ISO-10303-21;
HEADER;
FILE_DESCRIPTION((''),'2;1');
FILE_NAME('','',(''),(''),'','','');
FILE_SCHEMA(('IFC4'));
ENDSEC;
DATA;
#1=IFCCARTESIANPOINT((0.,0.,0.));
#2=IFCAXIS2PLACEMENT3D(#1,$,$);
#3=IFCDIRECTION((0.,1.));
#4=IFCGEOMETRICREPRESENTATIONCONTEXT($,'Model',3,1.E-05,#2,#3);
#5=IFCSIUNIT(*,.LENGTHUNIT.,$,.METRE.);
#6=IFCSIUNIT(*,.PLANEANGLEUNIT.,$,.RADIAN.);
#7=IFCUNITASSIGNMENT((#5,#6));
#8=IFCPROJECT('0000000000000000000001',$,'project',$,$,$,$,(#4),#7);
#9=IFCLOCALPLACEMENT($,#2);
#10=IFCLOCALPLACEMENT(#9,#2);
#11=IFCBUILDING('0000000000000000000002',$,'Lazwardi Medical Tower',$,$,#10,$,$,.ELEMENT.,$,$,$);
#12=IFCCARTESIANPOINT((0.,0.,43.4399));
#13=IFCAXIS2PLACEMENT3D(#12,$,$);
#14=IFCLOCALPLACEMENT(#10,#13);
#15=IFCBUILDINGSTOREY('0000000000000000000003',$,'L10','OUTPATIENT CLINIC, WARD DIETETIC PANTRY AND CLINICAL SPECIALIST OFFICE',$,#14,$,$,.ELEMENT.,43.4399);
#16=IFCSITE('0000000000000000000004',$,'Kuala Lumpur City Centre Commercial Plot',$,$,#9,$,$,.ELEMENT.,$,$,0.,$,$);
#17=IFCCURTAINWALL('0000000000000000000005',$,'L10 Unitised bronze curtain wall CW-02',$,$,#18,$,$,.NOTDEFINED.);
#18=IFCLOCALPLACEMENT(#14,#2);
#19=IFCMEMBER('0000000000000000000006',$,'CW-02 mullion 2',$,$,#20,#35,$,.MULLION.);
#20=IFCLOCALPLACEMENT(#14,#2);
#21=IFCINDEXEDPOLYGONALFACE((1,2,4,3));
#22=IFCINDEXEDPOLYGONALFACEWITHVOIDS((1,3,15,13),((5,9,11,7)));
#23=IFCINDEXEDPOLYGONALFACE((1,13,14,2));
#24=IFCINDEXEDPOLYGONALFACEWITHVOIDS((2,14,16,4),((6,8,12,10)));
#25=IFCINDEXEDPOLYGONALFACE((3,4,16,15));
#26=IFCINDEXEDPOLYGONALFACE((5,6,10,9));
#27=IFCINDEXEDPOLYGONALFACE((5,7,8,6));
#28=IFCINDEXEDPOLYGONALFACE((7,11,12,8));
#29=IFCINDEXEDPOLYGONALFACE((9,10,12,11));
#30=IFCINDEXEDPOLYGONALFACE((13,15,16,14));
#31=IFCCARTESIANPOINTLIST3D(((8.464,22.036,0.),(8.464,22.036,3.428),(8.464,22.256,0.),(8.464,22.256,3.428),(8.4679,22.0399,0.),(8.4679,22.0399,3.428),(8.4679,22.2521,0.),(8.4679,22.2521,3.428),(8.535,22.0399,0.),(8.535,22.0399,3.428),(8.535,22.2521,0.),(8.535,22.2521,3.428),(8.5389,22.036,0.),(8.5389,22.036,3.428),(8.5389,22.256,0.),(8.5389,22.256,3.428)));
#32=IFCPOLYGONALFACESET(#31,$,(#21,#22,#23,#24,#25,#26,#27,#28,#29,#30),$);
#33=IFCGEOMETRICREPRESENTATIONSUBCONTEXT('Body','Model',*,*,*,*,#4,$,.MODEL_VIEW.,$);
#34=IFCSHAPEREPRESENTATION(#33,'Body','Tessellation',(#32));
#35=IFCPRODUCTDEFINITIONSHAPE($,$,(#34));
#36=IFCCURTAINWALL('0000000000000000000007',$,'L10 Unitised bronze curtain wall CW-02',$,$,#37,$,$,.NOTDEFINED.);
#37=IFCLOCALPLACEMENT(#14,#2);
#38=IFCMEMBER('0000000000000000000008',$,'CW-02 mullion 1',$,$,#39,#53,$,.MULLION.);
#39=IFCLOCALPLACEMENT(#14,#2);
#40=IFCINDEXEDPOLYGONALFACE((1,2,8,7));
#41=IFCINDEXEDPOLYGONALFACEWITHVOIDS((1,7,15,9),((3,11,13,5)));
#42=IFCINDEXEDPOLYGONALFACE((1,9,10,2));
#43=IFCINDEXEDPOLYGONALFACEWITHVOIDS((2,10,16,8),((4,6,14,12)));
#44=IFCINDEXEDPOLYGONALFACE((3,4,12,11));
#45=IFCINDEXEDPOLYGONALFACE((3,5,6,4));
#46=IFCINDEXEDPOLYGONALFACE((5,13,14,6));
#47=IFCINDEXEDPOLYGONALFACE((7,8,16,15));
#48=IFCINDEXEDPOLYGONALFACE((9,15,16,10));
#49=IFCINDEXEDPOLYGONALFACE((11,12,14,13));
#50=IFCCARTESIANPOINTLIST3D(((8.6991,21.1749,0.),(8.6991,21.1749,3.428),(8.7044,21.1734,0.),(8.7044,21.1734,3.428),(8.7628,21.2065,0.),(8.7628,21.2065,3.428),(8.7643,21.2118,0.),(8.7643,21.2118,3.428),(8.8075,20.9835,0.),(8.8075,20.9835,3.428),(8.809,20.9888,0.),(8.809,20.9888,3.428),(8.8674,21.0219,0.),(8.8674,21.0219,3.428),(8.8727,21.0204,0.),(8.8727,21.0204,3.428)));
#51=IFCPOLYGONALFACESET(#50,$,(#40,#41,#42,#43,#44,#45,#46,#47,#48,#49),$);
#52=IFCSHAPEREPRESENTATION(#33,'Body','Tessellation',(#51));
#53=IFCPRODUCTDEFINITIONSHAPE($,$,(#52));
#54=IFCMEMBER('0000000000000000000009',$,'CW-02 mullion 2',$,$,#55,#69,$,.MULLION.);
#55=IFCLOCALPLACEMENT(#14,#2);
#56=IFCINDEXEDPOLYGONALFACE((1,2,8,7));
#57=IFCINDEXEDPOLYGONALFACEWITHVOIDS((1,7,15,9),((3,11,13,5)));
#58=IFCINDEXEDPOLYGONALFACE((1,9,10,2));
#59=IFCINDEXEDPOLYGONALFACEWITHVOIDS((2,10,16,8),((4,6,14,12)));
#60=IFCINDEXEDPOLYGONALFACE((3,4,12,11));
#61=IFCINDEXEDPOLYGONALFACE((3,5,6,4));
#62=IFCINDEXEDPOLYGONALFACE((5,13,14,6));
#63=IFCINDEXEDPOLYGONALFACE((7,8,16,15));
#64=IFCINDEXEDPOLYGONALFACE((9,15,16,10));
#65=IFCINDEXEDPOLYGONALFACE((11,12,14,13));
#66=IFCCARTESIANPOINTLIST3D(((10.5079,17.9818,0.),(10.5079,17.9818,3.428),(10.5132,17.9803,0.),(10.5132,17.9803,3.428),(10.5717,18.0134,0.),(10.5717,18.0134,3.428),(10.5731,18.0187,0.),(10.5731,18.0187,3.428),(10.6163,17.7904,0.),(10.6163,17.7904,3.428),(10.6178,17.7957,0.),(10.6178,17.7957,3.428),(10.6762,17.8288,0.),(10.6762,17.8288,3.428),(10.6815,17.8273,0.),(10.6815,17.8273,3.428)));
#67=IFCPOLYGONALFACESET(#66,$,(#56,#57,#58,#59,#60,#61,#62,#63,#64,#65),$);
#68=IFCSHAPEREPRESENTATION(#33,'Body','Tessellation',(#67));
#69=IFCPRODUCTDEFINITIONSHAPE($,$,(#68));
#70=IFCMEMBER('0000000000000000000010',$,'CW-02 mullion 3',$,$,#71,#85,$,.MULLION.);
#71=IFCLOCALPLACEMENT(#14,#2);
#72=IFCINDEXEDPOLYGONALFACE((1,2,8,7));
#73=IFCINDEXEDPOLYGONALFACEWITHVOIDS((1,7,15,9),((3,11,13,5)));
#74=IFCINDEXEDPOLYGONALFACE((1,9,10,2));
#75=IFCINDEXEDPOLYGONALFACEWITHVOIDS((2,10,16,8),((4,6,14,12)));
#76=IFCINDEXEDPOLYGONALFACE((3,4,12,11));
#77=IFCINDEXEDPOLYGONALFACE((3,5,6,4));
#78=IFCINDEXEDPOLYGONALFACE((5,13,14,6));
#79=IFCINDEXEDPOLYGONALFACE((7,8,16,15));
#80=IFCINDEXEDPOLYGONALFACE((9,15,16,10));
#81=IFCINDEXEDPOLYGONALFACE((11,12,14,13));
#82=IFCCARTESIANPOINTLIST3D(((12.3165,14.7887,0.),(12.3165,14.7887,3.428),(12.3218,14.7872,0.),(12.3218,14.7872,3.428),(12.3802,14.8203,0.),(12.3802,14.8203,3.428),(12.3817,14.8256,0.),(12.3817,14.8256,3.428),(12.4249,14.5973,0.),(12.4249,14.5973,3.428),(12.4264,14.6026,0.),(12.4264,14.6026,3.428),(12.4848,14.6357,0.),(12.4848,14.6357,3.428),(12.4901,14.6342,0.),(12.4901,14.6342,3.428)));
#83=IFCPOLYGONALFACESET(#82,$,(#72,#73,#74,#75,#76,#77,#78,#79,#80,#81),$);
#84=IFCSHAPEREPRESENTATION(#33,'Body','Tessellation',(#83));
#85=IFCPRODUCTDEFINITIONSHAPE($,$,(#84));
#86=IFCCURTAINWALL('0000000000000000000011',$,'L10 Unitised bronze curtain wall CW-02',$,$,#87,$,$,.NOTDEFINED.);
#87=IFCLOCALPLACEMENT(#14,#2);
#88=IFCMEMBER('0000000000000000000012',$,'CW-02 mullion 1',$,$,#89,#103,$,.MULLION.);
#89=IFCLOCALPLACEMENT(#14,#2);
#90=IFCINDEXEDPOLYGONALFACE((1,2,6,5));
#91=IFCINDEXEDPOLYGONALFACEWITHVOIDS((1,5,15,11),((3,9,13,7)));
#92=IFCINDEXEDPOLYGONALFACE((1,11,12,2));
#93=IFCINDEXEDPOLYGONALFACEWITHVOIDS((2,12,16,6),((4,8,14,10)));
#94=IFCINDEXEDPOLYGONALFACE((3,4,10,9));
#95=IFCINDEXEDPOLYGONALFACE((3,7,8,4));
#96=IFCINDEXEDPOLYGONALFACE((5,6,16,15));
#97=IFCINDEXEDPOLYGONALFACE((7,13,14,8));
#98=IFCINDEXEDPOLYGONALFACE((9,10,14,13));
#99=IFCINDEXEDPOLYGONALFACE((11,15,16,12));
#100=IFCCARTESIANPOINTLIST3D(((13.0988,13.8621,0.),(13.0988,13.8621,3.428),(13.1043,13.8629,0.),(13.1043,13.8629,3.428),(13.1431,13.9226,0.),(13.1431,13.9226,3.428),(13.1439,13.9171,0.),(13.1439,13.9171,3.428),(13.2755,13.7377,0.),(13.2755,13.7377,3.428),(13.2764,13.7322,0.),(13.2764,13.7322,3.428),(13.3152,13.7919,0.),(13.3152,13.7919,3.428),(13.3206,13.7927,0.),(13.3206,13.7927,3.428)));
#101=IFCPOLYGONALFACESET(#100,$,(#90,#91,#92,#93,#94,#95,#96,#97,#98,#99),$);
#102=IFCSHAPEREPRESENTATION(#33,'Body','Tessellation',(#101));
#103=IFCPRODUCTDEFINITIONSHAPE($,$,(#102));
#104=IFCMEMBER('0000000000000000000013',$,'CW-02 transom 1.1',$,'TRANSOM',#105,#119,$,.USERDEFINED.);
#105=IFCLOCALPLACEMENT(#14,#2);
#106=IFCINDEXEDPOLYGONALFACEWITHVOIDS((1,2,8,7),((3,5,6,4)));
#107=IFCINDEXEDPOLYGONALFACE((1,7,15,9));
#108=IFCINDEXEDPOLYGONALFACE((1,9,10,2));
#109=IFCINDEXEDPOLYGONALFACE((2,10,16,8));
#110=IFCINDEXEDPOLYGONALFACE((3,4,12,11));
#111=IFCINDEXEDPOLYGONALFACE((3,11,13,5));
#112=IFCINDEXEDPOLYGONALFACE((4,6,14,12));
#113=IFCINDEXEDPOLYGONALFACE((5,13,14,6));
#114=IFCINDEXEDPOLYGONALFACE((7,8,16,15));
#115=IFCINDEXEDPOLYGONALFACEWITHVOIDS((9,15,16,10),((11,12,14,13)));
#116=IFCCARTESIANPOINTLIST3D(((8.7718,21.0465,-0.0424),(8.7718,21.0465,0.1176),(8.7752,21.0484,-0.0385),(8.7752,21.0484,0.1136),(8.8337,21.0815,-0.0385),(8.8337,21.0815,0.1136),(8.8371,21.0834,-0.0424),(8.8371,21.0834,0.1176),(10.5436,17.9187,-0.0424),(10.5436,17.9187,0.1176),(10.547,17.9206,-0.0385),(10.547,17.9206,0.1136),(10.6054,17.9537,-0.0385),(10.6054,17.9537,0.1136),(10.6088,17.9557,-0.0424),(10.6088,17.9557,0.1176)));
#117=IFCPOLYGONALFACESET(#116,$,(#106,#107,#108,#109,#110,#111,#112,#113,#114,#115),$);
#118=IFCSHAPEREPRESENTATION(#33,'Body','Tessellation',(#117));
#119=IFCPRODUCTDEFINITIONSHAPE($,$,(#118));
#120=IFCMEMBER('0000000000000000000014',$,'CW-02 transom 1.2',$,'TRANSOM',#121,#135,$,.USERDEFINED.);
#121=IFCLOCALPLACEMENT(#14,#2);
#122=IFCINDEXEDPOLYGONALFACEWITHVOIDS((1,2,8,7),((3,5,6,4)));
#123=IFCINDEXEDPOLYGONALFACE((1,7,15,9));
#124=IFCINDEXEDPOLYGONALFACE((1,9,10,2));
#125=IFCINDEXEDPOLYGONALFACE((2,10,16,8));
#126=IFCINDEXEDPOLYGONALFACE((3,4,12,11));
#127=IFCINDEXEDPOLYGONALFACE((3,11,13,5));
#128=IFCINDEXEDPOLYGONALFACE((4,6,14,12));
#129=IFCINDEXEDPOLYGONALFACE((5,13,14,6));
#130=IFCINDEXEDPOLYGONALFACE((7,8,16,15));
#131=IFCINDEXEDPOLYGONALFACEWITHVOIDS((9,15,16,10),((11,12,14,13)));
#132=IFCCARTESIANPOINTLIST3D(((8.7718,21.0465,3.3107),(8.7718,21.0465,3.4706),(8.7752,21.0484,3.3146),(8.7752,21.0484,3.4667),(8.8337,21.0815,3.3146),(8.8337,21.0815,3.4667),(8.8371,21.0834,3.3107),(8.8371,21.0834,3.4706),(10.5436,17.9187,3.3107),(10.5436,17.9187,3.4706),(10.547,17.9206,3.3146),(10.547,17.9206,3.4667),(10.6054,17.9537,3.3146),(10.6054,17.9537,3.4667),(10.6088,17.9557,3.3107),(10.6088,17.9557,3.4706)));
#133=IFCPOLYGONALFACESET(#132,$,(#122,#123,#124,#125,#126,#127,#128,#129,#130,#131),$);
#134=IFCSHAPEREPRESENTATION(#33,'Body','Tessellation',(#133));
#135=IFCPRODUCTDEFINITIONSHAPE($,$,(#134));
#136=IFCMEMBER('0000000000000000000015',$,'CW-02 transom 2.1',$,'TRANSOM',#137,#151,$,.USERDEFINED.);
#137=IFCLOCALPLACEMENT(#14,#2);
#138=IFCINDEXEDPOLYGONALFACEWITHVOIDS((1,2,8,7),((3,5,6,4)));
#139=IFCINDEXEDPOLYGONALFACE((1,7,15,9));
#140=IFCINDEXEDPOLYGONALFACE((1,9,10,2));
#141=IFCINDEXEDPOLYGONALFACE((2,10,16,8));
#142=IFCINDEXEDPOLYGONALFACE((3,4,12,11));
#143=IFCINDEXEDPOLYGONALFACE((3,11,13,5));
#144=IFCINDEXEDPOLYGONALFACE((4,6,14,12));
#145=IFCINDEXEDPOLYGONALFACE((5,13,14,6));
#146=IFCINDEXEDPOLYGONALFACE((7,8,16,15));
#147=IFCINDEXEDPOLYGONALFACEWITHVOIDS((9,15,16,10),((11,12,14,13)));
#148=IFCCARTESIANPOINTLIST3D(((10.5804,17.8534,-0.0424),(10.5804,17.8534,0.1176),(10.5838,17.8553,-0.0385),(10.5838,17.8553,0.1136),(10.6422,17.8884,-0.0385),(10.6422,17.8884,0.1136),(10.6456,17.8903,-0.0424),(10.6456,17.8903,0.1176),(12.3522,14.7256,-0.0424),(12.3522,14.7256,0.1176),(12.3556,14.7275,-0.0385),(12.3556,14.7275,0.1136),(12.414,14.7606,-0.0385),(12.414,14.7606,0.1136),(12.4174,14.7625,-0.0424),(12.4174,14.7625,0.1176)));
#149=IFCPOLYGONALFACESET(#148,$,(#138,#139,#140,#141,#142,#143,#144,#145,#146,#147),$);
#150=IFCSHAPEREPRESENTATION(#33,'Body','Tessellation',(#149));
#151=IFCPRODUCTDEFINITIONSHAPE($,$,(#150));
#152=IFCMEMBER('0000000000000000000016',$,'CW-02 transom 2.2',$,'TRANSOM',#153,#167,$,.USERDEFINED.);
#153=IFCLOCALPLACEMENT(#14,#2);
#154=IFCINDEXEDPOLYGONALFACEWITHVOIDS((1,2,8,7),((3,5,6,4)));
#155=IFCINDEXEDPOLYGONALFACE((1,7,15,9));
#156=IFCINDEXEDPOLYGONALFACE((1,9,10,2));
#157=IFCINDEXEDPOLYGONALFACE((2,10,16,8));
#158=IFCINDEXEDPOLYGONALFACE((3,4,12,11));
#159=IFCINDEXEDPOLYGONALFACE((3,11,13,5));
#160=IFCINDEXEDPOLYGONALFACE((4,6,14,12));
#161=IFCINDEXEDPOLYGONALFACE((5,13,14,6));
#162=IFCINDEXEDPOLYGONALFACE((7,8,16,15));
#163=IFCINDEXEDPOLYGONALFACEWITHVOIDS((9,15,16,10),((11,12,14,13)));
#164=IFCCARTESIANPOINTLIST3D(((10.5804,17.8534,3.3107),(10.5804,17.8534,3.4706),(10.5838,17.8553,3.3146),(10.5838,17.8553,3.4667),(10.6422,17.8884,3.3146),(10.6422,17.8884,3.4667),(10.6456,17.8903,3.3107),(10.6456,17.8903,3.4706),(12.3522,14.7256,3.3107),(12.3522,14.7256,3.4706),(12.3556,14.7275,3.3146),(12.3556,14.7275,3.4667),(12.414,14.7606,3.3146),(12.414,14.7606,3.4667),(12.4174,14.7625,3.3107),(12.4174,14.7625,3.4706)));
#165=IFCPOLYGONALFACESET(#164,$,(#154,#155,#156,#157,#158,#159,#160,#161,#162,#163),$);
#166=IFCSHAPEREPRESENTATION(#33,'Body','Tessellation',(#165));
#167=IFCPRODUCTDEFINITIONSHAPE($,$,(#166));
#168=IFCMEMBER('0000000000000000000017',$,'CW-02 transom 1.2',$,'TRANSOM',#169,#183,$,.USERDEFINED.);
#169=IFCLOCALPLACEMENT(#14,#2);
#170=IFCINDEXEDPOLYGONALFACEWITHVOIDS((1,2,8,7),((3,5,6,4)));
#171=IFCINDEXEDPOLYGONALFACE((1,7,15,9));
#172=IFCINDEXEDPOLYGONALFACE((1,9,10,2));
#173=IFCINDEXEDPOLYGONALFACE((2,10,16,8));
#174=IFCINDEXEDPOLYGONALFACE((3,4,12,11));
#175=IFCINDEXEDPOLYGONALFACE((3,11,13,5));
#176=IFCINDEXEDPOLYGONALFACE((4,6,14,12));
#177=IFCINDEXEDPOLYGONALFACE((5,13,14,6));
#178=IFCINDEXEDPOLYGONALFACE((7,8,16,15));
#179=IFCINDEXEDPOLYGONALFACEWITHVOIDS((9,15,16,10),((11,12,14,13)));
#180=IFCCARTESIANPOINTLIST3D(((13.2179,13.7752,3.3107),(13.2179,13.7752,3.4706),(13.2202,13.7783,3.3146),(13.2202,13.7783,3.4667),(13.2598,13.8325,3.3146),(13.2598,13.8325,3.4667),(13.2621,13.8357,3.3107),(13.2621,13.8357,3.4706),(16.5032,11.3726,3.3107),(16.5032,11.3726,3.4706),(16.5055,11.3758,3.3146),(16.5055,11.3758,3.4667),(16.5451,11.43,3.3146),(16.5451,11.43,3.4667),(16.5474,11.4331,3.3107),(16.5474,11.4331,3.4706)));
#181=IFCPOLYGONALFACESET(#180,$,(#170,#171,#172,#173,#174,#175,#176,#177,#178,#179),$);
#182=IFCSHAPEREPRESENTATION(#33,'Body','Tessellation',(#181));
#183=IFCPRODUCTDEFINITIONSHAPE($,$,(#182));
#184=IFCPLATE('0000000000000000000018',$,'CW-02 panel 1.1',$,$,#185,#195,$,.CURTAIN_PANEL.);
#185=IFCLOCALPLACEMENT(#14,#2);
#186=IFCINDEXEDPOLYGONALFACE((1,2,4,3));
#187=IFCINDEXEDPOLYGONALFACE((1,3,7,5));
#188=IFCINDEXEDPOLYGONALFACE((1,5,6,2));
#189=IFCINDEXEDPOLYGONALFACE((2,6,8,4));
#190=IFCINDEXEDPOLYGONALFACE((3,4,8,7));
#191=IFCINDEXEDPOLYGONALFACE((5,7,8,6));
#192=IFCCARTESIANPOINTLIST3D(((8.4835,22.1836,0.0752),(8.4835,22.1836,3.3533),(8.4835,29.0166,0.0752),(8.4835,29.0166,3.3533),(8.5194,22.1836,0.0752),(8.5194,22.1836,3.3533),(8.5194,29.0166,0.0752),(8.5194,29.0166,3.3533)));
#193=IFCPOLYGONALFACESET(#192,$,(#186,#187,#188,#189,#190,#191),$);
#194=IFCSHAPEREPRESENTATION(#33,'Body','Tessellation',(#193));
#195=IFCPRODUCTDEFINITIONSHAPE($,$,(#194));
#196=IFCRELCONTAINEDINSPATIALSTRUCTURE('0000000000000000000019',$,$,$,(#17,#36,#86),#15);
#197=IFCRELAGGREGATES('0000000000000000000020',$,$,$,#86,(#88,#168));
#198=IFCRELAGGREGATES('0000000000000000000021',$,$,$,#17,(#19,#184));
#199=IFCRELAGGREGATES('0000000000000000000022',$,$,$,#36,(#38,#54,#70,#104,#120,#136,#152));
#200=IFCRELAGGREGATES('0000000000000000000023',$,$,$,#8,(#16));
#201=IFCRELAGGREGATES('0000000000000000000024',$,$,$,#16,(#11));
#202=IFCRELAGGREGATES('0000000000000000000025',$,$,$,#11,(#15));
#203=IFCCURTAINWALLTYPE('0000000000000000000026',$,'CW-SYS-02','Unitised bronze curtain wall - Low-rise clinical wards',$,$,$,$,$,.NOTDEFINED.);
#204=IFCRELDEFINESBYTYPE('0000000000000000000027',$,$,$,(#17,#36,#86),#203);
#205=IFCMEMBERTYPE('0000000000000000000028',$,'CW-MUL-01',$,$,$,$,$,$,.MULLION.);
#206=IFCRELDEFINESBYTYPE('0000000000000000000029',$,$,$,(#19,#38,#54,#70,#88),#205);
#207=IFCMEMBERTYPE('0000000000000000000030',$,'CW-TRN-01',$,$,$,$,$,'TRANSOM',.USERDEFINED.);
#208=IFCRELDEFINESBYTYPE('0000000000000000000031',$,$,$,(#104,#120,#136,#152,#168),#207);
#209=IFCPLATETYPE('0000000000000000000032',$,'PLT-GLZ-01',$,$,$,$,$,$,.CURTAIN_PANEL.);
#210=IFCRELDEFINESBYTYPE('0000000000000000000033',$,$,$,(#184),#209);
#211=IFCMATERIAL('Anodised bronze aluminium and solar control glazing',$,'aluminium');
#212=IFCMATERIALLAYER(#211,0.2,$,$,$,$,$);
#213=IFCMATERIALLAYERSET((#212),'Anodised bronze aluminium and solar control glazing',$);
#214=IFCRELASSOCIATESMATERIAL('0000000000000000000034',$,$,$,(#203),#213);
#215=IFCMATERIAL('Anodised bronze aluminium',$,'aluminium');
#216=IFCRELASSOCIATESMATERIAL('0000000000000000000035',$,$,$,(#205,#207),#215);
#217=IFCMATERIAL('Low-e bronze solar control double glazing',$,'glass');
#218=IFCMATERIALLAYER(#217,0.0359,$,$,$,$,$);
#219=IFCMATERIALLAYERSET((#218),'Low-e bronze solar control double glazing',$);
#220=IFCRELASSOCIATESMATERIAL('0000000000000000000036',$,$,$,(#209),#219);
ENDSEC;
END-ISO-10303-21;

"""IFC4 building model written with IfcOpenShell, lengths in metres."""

from ifc_helpers import new_model, si_unit, direction, frame, origin, origin_2d, place, context, subcontext, project, spatial, rectangle, hollow_rectangle, extrude, material, layer, layer_set, material_profile, profile_set, type_object, element, aggregate, save


model = new_model("IFC4")

# Units and contexts
model_context = context("Model", 3, precision=1e-05, world=origin(), true_north=direction((0.0, 1.0)))
body_context = subcontext(model_context, "Body", "Model", "MODEL_VIEW")
ifc_project = project(units=[si_unit("LENGTHUNIT", "METRE"), si_unit("PLANEANGLEUNIT", "RADIAN")], contexts=[model_context])

# Site, building, storey
site_placement = place(None, origin())
site = spatial("IfcSite", under=ifc_project, at=site_placement, Name="Kuala Lumpur City Centre Commercial Plot", CompositionType="ELEMENT", RefElevation=0.0)
building_placement = place(site_placement, origin())
building = spatial("IfcBuilding", under=site, at=building_placement, Name="Lazwardi Medical Tower", CompositionType="ELEMENT")
storey_placement = place(building_placement, frame((0.0, 0.0, 43.4399)))
storey = spatial("IfcBuildingStorey", under=building, at=storey_placement, Name="L10", Description="OUTPATIENT CLINIC, WARD DIETETIC PANTRY AND CLINICAL SPECIALIST OFFICE", CompositionType="ELEMENT", Elevation=43.4399)

# Curtain wall, member
ifc_material_1 = material(Name="Anodised bronze aluminium and solar control glazing", Category="aluminium")
ifc_layer_1 = layer(ifc_material_1, 0.2)
ifc_layer_set_1 = layer_set([ifc_layer_1], Name="Anodised bronze aluminium and solar control glazing")
curtain_wall_type = type_object("IfcCurtainWallType", Name="CW-SYS-02", Description="Unitised bronze curtain wall - Low-rise clinical wards", PredefinedType="NOTDEFINED", material=ifc_layer_set_1)
curtain_wall_1_placement = place(storey_placement, origin())
curtain_wall_1 = element("IfcCurtainWall", 1, at=curtain_wall_1_placement, inside=storey, type_object=curtain_wall_type, Name="L10 Unitised bronze curtain wall CW-02", PredefinedType="NOTDEFINED")
ifc_material_2 = material(Name="Anodised bronze aluminium", Category="aluminium")
ifc_material_profile_1 = material_profile(ifc_material_2, hollow_rectangle(XDim=0.075, YDim=0.22, WallThickness=0.0039, at=origin_2d()), Name="ALU-MULLION 220x75x4")
ifc_profile_set_1 = profile_set([ifc_material_profile_1], Name="Anodised bronze aluminium")
member_type_1 = type_object("IfcMemberType", Name="CW-MUL-01", PredefinedType="MULLION", material=ifc_profile_set_1)
member_1_placement = place(storey_placement, frame((8.5015, 22.146, 0.0), z_axis=(0.0, 0.0, 1.0), x_axis=(1.0, 0.0, 0.0)))
member_1 = element("IfcMember", 2, at=member_1_placement, type_object=member_type_1, Name="CW-02 mullion 2", PredefinedType="MULLION", context=body_context, shape_type="SweptSolid", body=[
    extrude(hollow_rectangle(XDim=0.075, YDim=0.22, WallThickness=0.0039, at=origin_2d()), origin(), (0.0, 0.0, 1.0), 3.428),
])

# Curtain wall, members
curtain_wall_2_placement = place(storey_placement, origin())
curtain_wall_2 = element("IfcCurtainWall", 3, at=curtain_wall_2_placement, inside=storey, type_object=curtain_wall_type, Name="L10 Unitised bronze curtain wall CW-02", PredefinedType="NOTDEFINED")
member_2_placement = place(storey_placement, frame((8.7859, 21.0977, 0.0), z_axis=(0.0, 0.0, 1.0), x_axis=(0.870112, 0.492854, 0.0)))
member_2 = element("IfcMember", 4, at=member_2_placement, type_object=member_type_1, Name="CW-02 mullion 1", PredefinedType="MULLION", context=body_context, shape_type="SweptSolid", body=[
    extrude(hollow_rectangle(XDim=0.075, YDim=0.22, WallThickness=0.0039, at=origin_2d()), origin(), (0.0, 0.0, 1.0), 3.428),
])
member_3_placement = place(storey_placement, frame((10.5947, 17.9045, 0.0), z_axis=(0.0, 0.0, 1.0), x_axis=(0.870112, 0.492854, 0.0)))
member_3 = element("IfcMember", 5, at=member_3_placement, type_object=member_type_1, Name="CW-02 mullion 2", PredefinedType="MULLION", context=body_context, shape_type="SweptSolid", body=[
    extrude(hollow_rectangle(XDim=0.075, YDim=0.22, WallThickness=0.0039, at=origin_2d()), origin(), (0.0, 0.0, 1.0), 3.428),
])
member_4_placement = place(storey_placement, frame((12.4033, 14.7114, 0.0), z_axis=(0.0, 0.0, 1.0), x_axis=(0.870112, 0.492854, 0.0)))
member_4 = element("IfcMember", 6, at=member_4_placement, type_object=member_type_1, Name="CW-02 mullion 3", PredefinedType="MULLION", context=body_context, shape_type="SweptSolid", body=[
    extrude(hollow_rectangle(XDim=0.075, YDim=0.22, WallThickness=0.0039, at=origin_2d()), origin(), (0.0, 0.0, 1.0), 3.428),
])

# Curtain wall, member
curtain_wall_3_placement = place(storey_placement, origin())
curtain_wall_3 = element("IfcCurtainWall", 7, at=curtain_wall_3_placement, inside=storey, type_object=curtain_wall_type, Name="L10 Unitised bronze curtain wall CW-02", PredefinedType="NOTDEFINED")
member_5_placement = place(storey_placement, frame((13.2097, 13.8274, 0.0), z_axis=(0.0, 0.0, 1.0), x_axis=(0.590289, 0.807192, 0.0)))
member_5 = element("IfcMember", 8, at=member_5_placement, type_object=member_type_1, Name="CW-02 mullion 1", PredefinedType="MULLION", context=body_context, shape_type="SweptSolid", body=[
    extrude(hollow_rectangle(XDim=0.075, YDim=0.22, WallThickness=0.0039, at=origin_2d()), origin(), (0.0, 0.0, 1.0), 3.428),
])

# Members
ifc_material_profile_2 = material_profile(ifc_material_2, hollow_rectangle(XDim=0.075, YDim=0.1599, WallThickness=0.0039, at=origin_2d()), Name="ALU-TRANSOM 160x75x4")
ifc_profile_set_2 = profile_set([ifc_material_profile_2], Name="Anodised bronze aluminium")
member_type_2 = type_object("IfcMemberType", Name="CW-TRN-01", ElementType="TRANSOM", PredefinedType="USERDEFINED", material=ifc_profile_set_2)
member_6_placement = place(storey_placement, frame((8.8044, 21.0649, 0.0376), z_axis=(0.492881, -0.870097, 0.0), x_axis=(0.870097, 0.492881, 0.0)))
member_6 = element("IfcMember", 9, at=member_6_placement, type_object=member_type_2, Name="CW-02 transom 1.1", ObjectType="TRANSOM", PredefinedType="USERDEFINED", context=body_context, shape_type="SweptSolid", body=[
    extrude(hollow_rectangle(XDim=0.075, YDim=0.1599, WallThickness=0.0039, at=origin_2d()), origin(), (0.0, 0.0, 1.0), 3.5947),
])
member_7_placement = place(storey_placement, frame((8.8044, 21.0649, 3.3906), z_axis=(0.492881, -0.870097, 0.0), x_axis=(0.870097, 0.492881, 0.0)))
member_7 = element("IfcMember", 10, at=member_7_placement, type_object=member_type_2, Name="CW-02 transom 1.2", ObjectType="TRANSOM", PredefinedType="USERDEFINED", context=body_context, shape_type="SweptSolid", body=[
    extrude(hollow_rectangle(XDim=0.075, YDim=0.1599, WallThickness=0.0039, at=origin_2d()), origin(), (0.0, 0.0, 1.0), 3.5947),
])
member_8_placement = place(storey_placement, frame((10.613, 17.8718, 0.0376), z_axis=(0.492881, -0.870097, 0.0), x_axis=(0.870097, 0.492881, 0.0)))
member_8 = element("IfcMember", 11, at=member_8_placement, type_object=member_type_2, Name="CW-02 transom 2.1", ObjectType="TRANSOM", PredefinedType="USERDEFINED", context=body_context, shape_type="SweptSolid", body=[
    extrude(hollow_rectangle(XDim=0.075, YDim=0.1599, WallThickness=0.0039, at=origin_2d()), origin(), (0.0, 0.0, 1.0), 3.5947),
])
member_9_placement = place(storey_placement, frame((10.613, 17.8718, 3.3906), z_axis=(0.492881, -0.870097, 0.0), x_axis=(0.870097, 0.492881, 0.0)))
member_9 = element("IfcMember", 12, at=member_9_placement, type_object=member_type_2, Name="CW-02 transom 2.2", ObjectType="TRANSOM", PredefinedType="USERDEFINED", context=body_context, shape_type="SweptSolid", body=[
    extrude(hollow_rectangle(XDim=0.075, YDim=0.1599, WallThickness=0.0039, at=origin_2d()), origin(), (0.0, 0.0, 1.0), 3.5947),
])
member_10_placement = place(storey_placement, frame((13.24, 13.8054, 3.3906), z_axis=(0.80719, -0.590292, 0.0), x_axis=(0.590292, 0.80719, 0.0)))
member_10 = element("IfcMember", 13, at=member_10_placement, type_object=member_type_2, Name="CW-02 transom 1.2", ObjectType="TRANSOM", PredefinedType="USERDEFINED", context=body_context, shape_type="SweptSolid", body=[
    extrude(hollow_rectangle(XDim=0.075, YDim=0.1599, WallThickness=0.0039, at=origin_2d()), origin(), (0.0, 0.0, 1.0), 4.0701),
])
aggregate(curtain_wall_3, [member_5, member_10])

# Plate
ifc_material_3 = material(Name="Low-e bronze solar control double glazing", Category="glass")
ifc_layer_2 = layer(ifc_material_3, 0.0359)
ifc_layer_set_2 = layer_set([ifc_layer_2], Name="Low-e bronze solar control double glazing")
plate_type = type_object("IfcPlateType", Name="PLT-GLZ-01", PredefinedType="CURTAIN_PANEL", material=ifc_layer_set_2)
plate_1_placement = place(storey_placement, frame((8.5015, 25.6001, 0.0752), z_axis=(0.0, 0.0, 1.0), x_axis=(0.0, -1.0, 0.0)))
plate_1 = element("IfcPlate", 14, at=plate_1_placement, type_object=plate_type, Name="CW-02 panel 1.1", PredefinedType="CURTAIN_PANEL", context=body_context, shape_type="SweptSolid", body=[
    extrude(rectangle(XDim=6.833, YDim=0.0359, at=origin_2d()), origin(), (0.0, 0.0, 1.0), 3.2781),
])
aggregate(curtain_wall_1, [member_1, plate_1])
aggregate(curtain_wall_2, [member_2, member_3, member_4, member_6, member_7, member_8, member_9])

save(model, "model.ifc")
